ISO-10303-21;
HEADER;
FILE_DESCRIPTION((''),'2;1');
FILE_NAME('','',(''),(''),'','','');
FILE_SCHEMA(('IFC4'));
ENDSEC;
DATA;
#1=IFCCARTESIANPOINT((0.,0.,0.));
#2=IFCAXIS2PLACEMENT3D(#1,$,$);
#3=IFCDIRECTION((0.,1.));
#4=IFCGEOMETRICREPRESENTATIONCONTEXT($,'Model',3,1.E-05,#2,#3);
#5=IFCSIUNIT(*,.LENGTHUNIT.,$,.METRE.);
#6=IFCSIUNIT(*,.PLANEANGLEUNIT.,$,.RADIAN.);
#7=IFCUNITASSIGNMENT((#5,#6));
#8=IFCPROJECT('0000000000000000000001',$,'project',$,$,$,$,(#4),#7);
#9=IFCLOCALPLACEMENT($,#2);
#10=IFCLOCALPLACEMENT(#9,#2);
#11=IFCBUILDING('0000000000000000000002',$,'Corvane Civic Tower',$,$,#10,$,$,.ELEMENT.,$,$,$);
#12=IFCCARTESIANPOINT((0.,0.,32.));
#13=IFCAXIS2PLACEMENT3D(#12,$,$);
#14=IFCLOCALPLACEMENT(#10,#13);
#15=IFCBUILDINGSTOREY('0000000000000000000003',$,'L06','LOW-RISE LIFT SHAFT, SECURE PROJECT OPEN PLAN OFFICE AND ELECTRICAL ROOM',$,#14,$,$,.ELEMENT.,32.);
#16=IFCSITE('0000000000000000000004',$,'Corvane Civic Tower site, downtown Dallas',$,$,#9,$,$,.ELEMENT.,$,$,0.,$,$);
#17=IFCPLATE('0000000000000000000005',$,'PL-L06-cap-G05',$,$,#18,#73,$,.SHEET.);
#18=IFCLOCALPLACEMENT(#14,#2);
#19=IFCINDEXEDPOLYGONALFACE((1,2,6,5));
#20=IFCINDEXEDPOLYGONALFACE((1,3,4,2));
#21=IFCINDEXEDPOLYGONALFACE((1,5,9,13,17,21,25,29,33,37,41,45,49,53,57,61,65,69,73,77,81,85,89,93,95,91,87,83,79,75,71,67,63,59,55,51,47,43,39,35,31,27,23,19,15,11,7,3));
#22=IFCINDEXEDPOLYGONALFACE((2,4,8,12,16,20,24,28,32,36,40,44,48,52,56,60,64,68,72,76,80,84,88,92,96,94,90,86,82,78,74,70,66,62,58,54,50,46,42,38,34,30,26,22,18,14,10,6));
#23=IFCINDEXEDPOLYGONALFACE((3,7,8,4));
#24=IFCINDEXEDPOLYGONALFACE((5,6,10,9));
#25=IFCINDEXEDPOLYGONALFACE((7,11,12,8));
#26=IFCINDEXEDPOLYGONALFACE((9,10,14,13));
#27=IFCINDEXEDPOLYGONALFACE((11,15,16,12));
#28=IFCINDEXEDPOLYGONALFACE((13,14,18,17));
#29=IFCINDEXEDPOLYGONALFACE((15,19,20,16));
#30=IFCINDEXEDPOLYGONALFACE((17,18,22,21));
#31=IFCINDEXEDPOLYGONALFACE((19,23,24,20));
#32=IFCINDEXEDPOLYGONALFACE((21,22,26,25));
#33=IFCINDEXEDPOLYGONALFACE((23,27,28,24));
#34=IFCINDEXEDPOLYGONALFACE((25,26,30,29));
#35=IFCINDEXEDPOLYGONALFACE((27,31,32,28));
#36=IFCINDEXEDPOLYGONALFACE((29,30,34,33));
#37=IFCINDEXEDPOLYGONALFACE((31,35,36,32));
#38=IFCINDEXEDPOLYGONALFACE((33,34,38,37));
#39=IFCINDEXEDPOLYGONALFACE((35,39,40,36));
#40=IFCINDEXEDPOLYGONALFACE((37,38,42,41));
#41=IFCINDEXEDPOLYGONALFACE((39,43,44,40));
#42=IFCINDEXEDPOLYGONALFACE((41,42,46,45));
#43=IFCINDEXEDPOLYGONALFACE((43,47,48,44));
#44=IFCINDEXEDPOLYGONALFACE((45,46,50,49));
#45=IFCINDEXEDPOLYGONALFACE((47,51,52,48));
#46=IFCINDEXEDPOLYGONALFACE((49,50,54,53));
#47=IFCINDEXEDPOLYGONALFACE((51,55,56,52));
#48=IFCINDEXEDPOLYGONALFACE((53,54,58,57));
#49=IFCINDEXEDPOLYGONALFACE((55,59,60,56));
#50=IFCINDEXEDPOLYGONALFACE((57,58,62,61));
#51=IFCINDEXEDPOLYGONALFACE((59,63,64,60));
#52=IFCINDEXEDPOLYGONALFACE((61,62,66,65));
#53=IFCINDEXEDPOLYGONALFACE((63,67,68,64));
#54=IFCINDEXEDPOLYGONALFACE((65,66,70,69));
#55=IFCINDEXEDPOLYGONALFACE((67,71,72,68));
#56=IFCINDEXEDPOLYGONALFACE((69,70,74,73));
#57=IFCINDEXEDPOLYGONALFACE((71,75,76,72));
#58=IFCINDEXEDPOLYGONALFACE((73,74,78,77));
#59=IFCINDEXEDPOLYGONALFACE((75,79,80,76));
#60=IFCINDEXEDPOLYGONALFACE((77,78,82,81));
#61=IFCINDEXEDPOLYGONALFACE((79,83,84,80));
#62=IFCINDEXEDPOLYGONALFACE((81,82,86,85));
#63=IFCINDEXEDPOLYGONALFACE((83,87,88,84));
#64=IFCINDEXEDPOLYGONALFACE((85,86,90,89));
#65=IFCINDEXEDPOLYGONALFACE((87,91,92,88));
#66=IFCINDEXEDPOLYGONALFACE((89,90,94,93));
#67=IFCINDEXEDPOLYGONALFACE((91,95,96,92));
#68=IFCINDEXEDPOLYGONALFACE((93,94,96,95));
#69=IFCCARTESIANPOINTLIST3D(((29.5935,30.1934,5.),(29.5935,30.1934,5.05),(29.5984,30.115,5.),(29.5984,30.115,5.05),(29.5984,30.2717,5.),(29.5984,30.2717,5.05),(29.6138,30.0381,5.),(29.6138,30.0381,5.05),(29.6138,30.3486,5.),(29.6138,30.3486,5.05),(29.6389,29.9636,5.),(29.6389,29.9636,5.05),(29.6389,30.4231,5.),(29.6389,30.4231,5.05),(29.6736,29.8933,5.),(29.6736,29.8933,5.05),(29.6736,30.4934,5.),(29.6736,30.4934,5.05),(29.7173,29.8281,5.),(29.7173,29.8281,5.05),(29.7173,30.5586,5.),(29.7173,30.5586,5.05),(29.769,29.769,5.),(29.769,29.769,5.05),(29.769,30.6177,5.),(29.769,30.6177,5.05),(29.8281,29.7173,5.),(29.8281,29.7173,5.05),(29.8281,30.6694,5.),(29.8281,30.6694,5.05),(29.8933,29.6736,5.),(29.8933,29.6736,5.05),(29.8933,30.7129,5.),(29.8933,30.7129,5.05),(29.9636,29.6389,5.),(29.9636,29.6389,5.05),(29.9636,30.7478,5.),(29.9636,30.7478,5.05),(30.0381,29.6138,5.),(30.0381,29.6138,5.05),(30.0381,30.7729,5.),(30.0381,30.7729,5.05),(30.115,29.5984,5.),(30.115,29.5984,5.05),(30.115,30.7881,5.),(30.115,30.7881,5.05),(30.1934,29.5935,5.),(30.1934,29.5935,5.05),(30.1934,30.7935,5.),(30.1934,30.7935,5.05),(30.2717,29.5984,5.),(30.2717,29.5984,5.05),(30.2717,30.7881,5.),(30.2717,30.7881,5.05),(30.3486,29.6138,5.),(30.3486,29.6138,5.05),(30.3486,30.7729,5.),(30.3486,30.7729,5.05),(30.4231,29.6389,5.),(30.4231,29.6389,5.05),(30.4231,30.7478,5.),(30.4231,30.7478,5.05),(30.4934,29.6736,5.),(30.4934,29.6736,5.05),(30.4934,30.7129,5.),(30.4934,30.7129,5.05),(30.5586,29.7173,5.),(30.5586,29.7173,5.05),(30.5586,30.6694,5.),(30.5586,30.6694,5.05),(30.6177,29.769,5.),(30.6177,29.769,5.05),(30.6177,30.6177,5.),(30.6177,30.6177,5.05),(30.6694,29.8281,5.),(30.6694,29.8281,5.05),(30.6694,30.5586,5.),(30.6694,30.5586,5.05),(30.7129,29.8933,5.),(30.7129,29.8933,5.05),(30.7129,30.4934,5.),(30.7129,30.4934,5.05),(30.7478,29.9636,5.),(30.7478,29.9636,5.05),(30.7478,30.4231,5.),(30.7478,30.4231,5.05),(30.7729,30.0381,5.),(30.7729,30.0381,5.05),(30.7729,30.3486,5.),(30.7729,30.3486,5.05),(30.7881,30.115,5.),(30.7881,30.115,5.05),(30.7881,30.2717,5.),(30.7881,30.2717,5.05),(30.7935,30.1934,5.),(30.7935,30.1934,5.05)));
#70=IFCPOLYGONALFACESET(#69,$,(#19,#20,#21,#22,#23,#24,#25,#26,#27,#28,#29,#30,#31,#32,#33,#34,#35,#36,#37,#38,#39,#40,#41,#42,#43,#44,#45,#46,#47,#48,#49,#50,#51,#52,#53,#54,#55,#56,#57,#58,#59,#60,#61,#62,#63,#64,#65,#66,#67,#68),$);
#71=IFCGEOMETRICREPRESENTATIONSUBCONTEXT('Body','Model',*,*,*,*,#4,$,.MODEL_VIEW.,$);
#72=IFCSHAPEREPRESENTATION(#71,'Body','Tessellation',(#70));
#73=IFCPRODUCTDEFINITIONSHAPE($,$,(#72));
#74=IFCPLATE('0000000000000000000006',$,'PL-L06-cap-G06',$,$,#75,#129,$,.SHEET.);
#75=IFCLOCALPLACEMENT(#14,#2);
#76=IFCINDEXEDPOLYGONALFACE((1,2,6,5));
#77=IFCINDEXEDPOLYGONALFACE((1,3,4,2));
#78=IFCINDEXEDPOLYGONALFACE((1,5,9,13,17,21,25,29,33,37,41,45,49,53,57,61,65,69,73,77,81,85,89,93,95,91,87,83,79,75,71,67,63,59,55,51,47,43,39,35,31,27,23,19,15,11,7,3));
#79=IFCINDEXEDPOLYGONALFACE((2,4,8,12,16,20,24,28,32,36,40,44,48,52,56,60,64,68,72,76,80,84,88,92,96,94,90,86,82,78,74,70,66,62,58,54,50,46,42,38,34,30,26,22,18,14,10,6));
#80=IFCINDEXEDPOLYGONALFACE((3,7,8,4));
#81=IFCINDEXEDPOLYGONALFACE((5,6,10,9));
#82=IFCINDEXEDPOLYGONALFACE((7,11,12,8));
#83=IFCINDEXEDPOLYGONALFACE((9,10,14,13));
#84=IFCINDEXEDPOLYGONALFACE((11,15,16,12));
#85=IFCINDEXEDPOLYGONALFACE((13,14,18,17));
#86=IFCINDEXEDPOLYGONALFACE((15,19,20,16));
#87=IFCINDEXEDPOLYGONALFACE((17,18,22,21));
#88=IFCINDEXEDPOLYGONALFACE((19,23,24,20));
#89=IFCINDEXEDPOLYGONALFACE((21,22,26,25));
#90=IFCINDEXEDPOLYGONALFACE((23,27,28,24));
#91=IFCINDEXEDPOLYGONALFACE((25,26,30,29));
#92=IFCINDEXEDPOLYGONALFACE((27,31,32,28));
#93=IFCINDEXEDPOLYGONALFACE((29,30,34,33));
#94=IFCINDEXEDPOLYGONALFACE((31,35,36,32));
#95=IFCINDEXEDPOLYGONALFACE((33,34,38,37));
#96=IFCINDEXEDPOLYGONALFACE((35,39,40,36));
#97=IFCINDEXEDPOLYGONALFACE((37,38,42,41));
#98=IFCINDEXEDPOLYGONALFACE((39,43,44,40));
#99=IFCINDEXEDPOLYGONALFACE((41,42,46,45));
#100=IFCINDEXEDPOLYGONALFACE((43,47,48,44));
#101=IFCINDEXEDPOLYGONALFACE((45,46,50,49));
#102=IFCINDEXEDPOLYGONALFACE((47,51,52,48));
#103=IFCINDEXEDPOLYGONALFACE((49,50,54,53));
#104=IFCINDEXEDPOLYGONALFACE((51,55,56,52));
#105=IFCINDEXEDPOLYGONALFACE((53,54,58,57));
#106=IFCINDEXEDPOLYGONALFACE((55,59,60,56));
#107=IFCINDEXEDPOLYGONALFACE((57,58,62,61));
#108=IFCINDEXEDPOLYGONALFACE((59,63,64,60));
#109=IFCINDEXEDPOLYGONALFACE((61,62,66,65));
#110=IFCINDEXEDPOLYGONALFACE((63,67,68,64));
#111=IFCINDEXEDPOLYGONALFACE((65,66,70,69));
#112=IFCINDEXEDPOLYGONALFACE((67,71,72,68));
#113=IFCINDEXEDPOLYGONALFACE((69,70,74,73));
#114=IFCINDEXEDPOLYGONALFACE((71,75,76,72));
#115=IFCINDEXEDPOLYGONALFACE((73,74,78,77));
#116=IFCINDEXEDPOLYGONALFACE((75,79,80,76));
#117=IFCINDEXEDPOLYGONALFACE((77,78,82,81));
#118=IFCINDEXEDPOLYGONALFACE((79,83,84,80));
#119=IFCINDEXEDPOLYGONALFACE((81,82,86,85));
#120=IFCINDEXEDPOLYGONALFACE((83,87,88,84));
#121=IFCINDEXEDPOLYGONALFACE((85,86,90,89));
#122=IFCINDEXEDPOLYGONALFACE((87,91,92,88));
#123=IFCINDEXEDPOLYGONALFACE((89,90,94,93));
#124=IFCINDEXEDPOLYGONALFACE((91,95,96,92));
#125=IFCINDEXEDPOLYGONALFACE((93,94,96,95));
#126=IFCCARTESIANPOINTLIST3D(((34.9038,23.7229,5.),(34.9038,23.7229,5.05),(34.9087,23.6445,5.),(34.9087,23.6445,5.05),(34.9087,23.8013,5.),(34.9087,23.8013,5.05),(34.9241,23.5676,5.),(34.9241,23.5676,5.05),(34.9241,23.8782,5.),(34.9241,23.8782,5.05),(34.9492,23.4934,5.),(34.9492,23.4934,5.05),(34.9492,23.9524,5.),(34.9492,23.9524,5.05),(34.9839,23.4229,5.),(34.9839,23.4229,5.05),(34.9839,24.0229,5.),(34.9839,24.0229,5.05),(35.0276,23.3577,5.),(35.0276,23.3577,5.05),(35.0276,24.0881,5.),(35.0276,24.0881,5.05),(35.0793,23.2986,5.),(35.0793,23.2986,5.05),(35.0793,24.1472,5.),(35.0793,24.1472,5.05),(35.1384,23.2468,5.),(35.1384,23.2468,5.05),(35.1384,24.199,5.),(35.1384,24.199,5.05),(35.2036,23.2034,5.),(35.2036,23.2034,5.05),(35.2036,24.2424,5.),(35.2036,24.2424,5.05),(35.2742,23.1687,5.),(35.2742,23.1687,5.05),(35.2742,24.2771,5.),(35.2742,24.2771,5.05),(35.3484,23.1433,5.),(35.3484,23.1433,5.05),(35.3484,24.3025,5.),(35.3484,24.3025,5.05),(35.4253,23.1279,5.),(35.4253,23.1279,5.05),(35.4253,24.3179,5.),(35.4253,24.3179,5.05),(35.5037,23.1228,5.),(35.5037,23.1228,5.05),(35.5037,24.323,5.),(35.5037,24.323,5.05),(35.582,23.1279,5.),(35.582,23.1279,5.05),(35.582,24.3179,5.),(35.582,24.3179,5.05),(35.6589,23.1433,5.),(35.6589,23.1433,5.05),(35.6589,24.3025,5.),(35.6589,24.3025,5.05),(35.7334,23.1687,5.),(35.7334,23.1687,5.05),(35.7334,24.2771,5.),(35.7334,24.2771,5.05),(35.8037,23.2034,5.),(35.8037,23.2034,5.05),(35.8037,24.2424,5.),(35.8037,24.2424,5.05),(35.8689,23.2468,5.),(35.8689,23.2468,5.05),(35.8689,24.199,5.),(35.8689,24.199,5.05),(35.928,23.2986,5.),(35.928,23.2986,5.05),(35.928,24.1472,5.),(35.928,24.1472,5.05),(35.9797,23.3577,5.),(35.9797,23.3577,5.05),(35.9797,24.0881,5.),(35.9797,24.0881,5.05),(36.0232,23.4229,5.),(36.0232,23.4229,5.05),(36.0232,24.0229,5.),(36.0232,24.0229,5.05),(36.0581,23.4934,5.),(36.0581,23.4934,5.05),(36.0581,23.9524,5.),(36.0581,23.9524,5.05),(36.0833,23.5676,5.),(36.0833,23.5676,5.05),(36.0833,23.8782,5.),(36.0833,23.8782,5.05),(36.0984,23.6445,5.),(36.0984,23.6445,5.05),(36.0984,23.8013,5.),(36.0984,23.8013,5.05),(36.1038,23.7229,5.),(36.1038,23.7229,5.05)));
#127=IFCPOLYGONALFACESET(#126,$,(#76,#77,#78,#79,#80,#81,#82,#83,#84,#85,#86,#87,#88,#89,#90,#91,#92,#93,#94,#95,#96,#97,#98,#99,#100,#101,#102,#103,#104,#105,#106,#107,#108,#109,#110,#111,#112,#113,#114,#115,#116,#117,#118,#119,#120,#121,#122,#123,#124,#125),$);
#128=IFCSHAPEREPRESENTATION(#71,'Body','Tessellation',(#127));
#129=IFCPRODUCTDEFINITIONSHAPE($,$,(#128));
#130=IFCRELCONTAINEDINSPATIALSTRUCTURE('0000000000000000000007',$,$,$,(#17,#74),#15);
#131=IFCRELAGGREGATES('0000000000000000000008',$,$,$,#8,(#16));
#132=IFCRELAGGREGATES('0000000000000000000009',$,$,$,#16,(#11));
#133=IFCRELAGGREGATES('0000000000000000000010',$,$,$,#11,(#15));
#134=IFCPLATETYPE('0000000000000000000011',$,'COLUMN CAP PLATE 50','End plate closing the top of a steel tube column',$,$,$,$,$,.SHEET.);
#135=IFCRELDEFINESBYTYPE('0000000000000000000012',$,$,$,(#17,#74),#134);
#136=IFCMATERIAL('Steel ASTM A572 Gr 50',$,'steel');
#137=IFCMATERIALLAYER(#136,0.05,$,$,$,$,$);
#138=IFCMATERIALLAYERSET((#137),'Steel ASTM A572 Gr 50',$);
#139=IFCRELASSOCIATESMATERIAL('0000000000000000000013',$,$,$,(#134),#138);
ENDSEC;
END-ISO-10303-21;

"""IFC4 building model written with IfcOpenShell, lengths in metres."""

from ifc_helpers import new_model, si_unit, direction, frame, origin, place, context, subcontext, project, spatial, polyline, outline, extrude, material, layer, layer_set, type_object, element, save


model = new_model("IFC4")

# Units and contexts
model_context = context("Model", 3, precision=1e-05, world=origin(), true_north=direction((0.0, 1.0)))
body_context = subcontext(model_context, "Body", "Model", "MODEL_VIEW")
ifc_project = project(units=[si_unit("LENGTHUNIT", "METRE"), si_unit("PLANEANGLEUNIT", "RADIAN")], contexts=[model_context])

# Site, building, storey
site_placement = place(None, origin())
site = spatial("IfcSite", under=ifc_project, at=site_placement, Name="Corvane Civic Tower site, downtown Dallas", CompositionType="ELEMENT", RefElevation=0.0)
building_placement = place(site_placement, origin())
building = spatial("IfcBuilding", under=site, at=building_placement, Name="Corvane Civic Tower", CompositionType="ELEMENT")
storey_placement = place(building_placement, frame((0.0, 0.0, 32.0)))
storey = spatial("IfcBuildingStorey", under=building, at=storey_placement, Name="L06", Description="LOW-RISE LIFT SHAFT, SECURE PROJECT OPEN PLAN OFFICE AND ELECTRICAL ROOM", CompositionType="ELEMENT", Elevation=32.0)

# Plates
ifc_material_1 = material(Name="Steel ASTM A572 Gr 50", Category="steel")
ifc_layer_1 = layer(ifc_material_1, 0.05)
ifc_layer_set_1 = layer_set([ifc_layer_1], Name="Steel ASTM A572 Gr 50")
plate_type = type_object("IfcPlateType", Name="COLUMN CAP PLATE 50", Description="End plate closing the top of a steel tube column", PredefinedType="SHEET", material=ifc_layer_set_1)
plate_1_placement = place(storey_placement, frame((0.0, 0.0, 5.0)))
element("IfcPlate", 1, at=plate_1_placement, inside=storey, type_object=plate_type, Name="PL-L06-cap-G05", PredefinedType="SHEET", context=body_context, shape_type="SweptSolid", body=[
    extrude(outline(polyline([(30.7935, 30.1934), (30.7881, 30.2717), (30.7729, 30.3486), (30.7478, 30.4231), (30.7129, 30.4934), (30.6694, 30.5586), (30.6177, 30.6177), (30.5586, 30.6694), (30.4934, 30.7129), (30.4231, 30.7478), (30.3486, 30.7729), (30.2717, 30.7881), (30.1934, 30.7935), (30.115, 30.7881), (30.0381, 30.7729), (29.9636, 30.7478), (29.8933, 30.7129), (29.8281, 30.6694), (29.769, 30.6177), (29.7173, 30.5586), (29.6736, 30.4934), (29.6389, 30.4231), (29.6138, 30.3486), (29.5984, 30.2717), (29.5935, 30.1934), (29.5984, 30.115), (29.6138, 30.0381), (29.6389, 29.9636), (29.6736, 29.8933), (29.7173, 29.8281), (29.769, 29.769), (29.8281, 29.7173), (29.8933, 29.6736), (29.9636, 29.6389), (30.0381, 29.6138), (30.115, 29.5984), (30.1934, 29.5935), (30.2717, 29.5984), (30.3486, 29.6138), (30.4231, 29.6389), (30.4934, 29.6736), (30.5586, 29.7173), (30.6177, 29.769), (30.6694, 29.8281), (30.7129, 29.8933), (30.7478, 29.9636), (30.7729, 30.0381), (30.7881, 30.115), (30.7935, 30.1934)])), origin(), (0.0, 0.0, 1.0), 0.05),
])
plate_2_placement = place(storey_placement, frame((0.0, 0.0, 5.0)))
element("IfcPlate", 2, at=plate_2_placement, inside=storey, type_object=plate_type, Name="PL-L06-cap-G06", PredefinedType="SHEET", context=body_context, shape_type="SweptSolid", body=[
    extrude(outline(polyline([(36.1038, 23.7229), (36.0984, 23.8013), (36.0833, 23.8782), (36.0581, 23.9524), (36.0232, 24.0229), (35.9797, 24.0881), (35.928, 24.1472), (35.8689, 24.199), (35.8037, 24.2424), (35.7334, 24.2771), (35.6589, 24.3025), (35.582, 24.3179), (35.5037, 24.323), (35.4253, 24.3179), (35.3484, 24.3025), (35.2742, 24.2771), (35.2036, 24.2424), (35.1384, 24.199), (35.0793, 24.1472), (35.0276, 24.0881), (34.9839, 24.0229), (34.9492, 23.9524), (34.9241, 23.8782), (34.9087, 23.8013), (34.9038, 23.7229), (34.9087, 23.6445), (34.9241, 23.5676), (34.9492, 23.4934), (34.9839, 23.4229), (35.0276, 23.3577), (35.0793, 23.2986), (35.1384, 23.2468), (35.2036, 23.2034), (35.2742, 23.1687), (35.3484, 23.1433), (35.4253, 23.1279), (35.5037, 23.1228), (35.582, 23.1279), (35.6589, 23.1433), (35.7334, 23.1687), (35.8037, 23.2034), (35.8689, 23.2468), (35.928, 23.2986), (35.9797, 23.3577), (36.0232, 23.4229), (36.0581, 23.4934), (36.0833, 23.5676), (36.0984, 23.6445), (36.1038, 23.7229)])), origin(), (0.0, 0.0, 1.0), 0.05),
])

save(model, "model.ifc")
